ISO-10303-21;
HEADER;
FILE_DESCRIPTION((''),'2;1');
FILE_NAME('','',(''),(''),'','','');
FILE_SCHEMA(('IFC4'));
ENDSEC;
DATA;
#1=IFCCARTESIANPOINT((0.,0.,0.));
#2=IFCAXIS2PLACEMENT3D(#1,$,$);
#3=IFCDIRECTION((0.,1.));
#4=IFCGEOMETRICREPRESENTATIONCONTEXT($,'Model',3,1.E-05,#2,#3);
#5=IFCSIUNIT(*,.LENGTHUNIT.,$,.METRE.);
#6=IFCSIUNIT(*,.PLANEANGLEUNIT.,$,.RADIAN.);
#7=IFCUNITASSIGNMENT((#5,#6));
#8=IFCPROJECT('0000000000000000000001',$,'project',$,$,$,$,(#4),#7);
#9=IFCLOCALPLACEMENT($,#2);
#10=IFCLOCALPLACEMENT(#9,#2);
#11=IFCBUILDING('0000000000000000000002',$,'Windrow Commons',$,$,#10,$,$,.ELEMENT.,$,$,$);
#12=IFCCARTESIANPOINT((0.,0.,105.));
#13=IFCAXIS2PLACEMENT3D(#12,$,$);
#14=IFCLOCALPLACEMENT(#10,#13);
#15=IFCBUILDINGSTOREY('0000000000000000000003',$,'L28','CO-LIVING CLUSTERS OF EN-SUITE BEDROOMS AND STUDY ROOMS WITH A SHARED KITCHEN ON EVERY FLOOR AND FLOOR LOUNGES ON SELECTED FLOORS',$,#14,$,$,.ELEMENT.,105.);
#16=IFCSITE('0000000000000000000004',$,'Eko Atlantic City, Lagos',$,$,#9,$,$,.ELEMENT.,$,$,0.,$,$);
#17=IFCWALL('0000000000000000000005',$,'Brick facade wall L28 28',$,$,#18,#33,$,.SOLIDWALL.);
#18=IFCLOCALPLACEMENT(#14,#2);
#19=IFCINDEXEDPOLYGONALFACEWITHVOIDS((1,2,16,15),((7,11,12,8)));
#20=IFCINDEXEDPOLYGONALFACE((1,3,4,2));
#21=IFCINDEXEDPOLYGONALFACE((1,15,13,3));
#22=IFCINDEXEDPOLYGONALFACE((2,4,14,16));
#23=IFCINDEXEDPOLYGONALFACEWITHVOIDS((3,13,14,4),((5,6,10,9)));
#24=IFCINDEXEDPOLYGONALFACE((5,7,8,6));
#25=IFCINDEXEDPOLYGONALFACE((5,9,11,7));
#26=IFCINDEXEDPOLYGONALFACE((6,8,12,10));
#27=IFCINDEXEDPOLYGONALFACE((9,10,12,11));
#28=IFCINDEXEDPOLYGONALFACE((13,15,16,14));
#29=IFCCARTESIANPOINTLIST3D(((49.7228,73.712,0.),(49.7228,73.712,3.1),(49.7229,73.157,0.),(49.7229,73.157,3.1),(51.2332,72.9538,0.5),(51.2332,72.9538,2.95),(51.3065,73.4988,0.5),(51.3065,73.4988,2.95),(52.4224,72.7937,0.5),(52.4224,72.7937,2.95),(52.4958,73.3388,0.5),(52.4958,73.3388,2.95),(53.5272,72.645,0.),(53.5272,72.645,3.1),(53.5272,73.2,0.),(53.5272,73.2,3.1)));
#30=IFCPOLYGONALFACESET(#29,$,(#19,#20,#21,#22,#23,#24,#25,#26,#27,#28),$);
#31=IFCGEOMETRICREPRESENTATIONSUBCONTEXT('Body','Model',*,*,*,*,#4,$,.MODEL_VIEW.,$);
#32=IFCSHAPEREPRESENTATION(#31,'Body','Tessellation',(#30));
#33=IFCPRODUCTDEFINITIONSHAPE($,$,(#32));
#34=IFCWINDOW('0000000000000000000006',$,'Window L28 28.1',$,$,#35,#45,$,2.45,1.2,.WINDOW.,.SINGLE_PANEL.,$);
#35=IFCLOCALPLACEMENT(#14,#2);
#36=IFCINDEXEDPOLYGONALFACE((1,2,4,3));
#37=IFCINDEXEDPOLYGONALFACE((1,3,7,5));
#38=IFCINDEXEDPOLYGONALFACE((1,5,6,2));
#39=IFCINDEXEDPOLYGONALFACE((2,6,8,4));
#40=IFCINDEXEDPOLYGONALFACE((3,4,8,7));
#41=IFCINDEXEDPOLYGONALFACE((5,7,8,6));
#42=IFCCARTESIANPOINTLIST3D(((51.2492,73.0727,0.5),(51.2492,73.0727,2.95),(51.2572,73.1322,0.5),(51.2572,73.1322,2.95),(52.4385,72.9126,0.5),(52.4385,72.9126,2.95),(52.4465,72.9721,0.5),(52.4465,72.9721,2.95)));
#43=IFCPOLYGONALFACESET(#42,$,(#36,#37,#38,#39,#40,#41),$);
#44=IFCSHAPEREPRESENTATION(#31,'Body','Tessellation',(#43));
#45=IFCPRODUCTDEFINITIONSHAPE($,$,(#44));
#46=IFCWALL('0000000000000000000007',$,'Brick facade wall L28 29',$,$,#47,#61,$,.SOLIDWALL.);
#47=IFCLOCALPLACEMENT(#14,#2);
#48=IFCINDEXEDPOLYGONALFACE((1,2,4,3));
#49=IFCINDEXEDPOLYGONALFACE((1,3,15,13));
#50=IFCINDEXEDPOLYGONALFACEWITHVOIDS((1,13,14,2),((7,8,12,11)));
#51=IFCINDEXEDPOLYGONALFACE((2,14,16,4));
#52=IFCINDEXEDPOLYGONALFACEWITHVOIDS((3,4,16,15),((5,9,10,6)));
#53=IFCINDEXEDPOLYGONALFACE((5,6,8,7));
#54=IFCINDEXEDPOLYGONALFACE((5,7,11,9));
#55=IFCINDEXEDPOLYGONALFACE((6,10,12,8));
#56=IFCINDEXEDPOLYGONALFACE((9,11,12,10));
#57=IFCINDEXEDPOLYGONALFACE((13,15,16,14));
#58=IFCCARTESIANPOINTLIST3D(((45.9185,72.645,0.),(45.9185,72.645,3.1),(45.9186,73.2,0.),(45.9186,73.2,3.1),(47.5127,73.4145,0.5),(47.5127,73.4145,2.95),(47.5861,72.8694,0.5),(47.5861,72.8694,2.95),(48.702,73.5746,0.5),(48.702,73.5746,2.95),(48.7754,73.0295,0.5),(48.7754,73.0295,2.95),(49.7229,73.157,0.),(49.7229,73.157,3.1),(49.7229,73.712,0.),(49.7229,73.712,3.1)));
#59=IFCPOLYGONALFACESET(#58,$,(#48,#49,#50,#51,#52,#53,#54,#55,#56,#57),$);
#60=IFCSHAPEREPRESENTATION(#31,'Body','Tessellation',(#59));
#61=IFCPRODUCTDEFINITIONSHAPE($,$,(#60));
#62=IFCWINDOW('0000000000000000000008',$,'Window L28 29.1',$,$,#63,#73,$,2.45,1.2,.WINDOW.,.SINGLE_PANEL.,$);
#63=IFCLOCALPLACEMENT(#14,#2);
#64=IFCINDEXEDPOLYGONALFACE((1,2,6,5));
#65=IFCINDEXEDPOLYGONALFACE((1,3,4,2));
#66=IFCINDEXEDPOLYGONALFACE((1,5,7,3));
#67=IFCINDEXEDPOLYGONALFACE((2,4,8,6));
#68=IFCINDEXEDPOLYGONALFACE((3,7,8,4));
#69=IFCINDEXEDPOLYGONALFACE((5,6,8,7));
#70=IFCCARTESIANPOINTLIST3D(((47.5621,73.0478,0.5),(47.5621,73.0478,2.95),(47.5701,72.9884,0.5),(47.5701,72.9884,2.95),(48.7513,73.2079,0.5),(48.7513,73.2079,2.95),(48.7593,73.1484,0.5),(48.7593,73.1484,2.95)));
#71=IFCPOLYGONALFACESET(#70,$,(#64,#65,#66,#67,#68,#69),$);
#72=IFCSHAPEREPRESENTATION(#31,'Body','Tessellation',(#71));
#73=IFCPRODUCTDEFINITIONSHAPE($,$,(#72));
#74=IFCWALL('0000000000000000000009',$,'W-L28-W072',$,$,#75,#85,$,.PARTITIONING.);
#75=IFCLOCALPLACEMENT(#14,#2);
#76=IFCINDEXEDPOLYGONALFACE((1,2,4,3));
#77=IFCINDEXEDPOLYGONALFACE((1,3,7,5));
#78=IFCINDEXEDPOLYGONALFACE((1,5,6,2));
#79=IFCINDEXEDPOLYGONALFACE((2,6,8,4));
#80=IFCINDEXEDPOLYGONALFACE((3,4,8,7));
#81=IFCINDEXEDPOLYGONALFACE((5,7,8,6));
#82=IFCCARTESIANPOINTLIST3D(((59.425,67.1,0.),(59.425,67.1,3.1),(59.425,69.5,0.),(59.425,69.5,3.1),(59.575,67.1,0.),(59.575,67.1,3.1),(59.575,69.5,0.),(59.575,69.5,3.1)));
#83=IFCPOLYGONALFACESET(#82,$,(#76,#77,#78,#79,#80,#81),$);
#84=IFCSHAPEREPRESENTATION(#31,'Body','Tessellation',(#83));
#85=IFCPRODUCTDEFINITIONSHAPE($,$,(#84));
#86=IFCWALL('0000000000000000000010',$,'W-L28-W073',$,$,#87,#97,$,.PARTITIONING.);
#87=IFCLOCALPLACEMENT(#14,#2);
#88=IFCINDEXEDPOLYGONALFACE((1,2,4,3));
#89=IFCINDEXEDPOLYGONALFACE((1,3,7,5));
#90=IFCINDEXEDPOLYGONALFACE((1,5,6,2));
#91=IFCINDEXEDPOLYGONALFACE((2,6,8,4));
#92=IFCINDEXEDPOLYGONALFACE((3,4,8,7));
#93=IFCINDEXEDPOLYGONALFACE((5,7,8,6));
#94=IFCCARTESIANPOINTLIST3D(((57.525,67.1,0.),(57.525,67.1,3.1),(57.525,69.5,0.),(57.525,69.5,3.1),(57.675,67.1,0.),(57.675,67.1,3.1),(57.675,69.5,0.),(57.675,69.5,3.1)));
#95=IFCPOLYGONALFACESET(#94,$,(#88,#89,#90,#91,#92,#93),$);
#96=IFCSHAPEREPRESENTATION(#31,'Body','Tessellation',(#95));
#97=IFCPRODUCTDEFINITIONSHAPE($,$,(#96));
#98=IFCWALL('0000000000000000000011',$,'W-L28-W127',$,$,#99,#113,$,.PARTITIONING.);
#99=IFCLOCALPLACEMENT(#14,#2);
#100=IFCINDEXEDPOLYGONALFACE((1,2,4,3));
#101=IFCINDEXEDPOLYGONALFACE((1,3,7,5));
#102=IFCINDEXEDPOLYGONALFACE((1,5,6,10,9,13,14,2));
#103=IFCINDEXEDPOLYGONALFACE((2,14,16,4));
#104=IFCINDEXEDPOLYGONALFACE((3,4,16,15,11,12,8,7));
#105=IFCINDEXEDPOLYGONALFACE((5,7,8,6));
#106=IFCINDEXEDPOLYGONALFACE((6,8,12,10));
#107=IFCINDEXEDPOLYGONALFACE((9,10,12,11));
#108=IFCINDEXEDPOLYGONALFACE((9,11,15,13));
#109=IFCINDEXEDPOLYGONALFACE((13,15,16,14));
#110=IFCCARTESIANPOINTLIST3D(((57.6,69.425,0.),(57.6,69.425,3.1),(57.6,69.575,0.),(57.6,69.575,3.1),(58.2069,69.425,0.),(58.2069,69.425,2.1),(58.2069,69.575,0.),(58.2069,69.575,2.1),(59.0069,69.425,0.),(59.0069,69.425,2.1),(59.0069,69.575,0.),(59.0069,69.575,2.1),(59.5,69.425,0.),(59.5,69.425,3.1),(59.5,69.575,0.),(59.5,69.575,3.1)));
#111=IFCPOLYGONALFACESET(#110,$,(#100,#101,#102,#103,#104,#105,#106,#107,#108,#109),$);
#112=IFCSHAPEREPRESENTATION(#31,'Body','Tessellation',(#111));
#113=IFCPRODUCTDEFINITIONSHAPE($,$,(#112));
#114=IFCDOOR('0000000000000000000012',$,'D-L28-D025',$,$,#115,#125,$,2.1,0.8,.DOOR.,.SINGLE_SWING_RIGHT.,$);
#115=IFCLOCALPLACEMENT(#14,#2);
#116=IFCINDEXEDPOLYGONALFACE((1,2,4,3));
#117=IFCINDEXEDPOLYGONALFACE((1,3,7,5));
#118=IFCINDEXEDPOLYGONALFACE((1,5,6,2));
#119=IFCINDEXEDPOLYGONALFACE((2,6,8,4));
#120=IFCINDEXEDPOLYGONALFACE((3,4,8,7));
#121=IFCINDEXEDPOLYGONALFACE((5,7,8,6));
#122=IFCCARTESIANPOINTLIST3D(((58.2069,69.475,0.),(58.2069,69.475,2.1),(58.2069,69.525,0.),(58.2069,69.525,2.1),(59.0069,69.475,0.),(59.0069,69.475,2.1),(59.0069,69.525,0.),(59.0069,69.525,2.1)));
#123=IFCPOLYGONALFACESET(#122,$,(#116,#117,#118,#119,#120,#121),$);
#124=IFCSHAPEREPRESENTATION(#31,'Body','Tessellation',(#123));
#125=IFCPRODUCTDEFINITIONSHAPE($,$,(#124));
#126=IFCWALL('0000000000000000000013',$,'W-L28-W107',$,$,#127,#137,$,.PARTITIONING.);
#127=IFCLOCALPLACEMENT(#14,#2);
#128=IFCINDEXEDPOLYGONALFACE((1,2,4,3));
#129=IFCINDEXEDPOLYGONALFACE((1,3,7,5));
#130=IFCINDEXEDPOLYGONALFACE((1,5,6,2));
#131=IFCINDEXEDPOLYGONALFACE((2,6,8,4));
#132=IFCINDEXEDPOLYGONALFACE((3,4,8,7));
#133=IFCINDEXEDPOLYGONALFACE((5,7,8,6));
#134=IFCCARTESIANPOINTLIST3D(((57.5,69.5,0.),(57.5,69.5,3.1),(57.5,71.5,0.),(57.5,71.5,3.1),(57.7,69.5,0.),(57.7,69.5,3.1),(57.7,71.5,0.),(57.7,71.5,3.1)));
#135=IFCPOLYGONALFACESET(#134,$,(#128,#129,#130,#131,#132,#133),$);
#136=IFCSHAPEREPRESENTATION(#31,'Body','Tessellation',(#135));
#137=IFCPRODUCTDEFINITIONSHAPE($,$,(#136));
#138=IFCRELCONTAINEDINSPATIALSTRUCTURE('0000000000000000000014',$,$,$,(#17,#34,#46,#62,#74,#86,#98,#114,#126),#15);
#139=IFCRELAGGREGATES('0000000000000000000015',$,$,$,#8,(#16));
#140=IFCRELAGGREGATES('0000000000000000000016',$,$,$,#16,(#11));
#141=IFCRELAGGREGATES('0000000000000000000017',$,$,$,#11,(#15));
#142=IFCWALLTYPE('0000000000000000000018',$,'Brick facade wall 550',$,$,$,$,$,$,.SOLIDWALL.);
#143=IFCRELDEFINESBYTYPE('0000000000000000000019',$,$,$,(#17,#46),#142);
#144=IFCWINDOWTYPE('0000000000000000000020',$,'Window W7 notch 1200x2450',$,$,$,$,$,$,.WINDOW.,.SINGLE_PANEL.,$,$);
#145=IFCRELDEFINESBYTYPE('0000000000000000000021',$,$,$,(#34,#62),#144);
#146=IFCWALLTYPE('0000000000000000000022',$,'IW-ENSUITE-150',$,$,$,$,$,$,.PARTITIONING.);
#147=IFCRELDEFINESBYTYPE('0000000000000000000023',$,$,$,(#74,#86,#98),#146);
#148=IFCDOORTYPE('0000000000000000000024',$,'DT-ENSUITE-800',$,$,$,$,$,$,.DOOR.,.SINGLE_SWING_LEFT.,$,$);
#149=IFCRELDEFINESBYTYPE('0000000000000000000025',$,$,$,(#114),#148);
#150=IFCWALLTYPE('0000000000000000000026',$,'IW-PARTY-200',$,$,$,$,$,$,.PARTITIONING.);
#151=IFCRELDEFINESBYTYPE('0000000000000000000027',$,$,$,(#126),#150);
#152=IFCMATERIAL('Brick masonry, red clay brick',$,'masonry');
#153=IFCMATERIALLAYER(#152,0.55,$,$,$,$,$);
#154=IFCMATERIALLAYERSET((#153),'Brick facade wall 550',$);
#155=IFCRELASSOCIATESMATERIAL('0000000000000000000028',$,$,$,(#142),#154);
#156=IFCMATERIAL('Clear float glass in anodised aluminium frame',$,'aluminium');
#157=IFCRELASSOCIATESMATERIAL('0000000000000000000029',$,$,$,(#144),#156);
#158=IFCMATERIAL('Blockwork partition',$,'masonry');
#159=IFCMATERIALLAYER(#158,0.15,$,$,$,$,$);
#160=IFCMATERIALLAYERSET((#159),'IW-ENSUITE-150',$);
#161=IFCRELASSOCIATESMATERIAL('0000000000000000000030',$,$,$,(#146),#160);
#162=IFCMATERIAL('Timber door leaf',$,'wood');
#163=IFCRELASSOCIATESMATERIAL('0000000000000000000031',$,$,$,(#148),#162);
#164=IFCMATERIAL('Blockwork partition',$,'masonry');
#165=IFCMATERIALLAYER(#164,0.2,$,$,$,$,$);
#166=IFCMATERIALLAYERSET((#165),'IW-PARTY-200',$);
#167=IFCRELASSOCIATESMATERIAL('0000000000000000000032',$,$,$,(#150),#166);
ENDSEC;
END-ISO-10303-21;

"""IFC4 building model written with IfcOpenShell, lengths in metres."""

from ifc_helpers import new_model, si_unit, direction, frame, frame_2d, origin, place, context, subcontext, project, spatial, polyline, rectangle, outline, extrude, material, layer, layer_set, type_object, element, fill, save


model = new_model("IFC4")

# Units and contexts
model_context = context("Model", 3, precision=1e-05, world=origin(), true_north=direction((0.0, 1.0)))
body_context = subcontext(model_context, "Body", "Model", "MODEL_VIEW")
ifc_project = project(units=[si_unit("LENGTHUNIT", "METRE"), si_unit("PLANEANGLEUNIT", "RADIAN")], contexts=[model_context])

# Site, building, storey
site_placement = place(None, origin())
site = spatial("IfcSite", under=ifc_project, at=site_placement, Name="Eko Atlantic City, Lagos", CompositionType="ELEMENT", RefElevation=0.0)
building_placement = place(site_placement, origin())
building = spatial("IfcBuilding", under=site, at=building_placement, Name="Windrow Commons", CompositionType="ELEMENT")
storey_placement = place(building_placement, frame((0.0, 0.0, 105.0)))
storey = spatial("IfcBuildingStorey", under=building, at=storey_placement, Name="L28", Description="CO-LIVING CLUSTERS OF EN-SUITE BEDROOMS AND STUDY ROOMS WITH A SHARED KITCHEN ON EVERY FLOOR AND FLOOR LOUNGES ON SELECTED FLOORS", CompositionType="ELEMENT", Elevation=105.0)

# Shared definitions
ifc_material_1 = material(Name="Brick masonry, red clay brick", Category="masonry")
ifc_layer_1 = layer(ifc_material_1, 0.55)
ifc_layer_set_1 = layer_set([ifc_layer_1], Name="Brick facade wall 550")
wall_type_1 = type_object("IfcWallType", Name="Brick facade wall 550", PredefinedType="SOLIDWALL", material=ifc_layer_set_1)

# Walls, openings, windows
wall_1_placement = place(storey_placement, frame((53.5272, 72.9225, 0.0), z_axis=(0.0, 0.0, 1.0), x_axis=(-0.991065, 0.133382, 0.0)))
wall_1 = element("IfcWall", 1, at=wall_1_placement, inside=storey, type_object=wall_type_1, Name="Brick facade wall L28 28", PredefinedType="SOLIDWALL", context=body_context, shape_type="SweptSolid", body=[
    extrude(outline(polyline([(0.037, -0.275), (3.8757, -0.275), (3.8016, 0.275), (-0.037, 0.275), (0.037, -0.275)])), origin(), (0.0, 0.0, 1.0), 3.1),
])
opening_1_placement = place(wall_1_placement, frame((1.0777, 0.0, 0.5)))
opening_1 = element("IfcOpeningElement", 2, at=opening_1_placement, cuts=wall_1, PredefinedType="OPENING", context=body_context, shape_type="SweptSolid", body=[
    extrude(rectangle(XDim=1.2, YDim=2.45, at=frame_2d((0.6, 1.225))), frame((0.0, 0.285, 0.0), z_axis=(0.0, -1.0, 0.0), x_axis=(1.0, 0.0, 0.0)), (0.0, 0.0, 1.0), 0.57),
])
ifc_material_2 = material(Name="Clear float glass in anodised aluminium frame", Category="aluminium")
window_type_1 = type_object("IfcWindowType", Name="Window W7 notch 1200x2450", PartitioningType="SINGLE_PANEL", PredefinedType="WINDOW", material=ifc_material_2)
window_1_placement = place(opening_1_placement, origin())
window_1 = element("IfcWindow", 3, at=window_1_placement, inside=storey, type_object=window_type_1, Name="Window L28 28.1", OverallHeight=2.45, OverallWidth=1.2, PartitioningType="SINGLE_PANEL", PredefinedType="WINDOW", context=body_context, shape_type="SweptSolid", body=[
    extrude(rectangle(XDim=1.2, YDim=2.45, at=frame_2d((0.6, 1.225))), frame((0.0, 0.155, 0.0), z_axis=(0.0, -1.0, 0.0), x_axis=(1.0, 0.0, 0.0)), (0.0, 0.0, 1.0), 0.06),
])
fill(opening_1, window_1)
wall_2_placement = place(storey_placement, frame((49.7229, 73.4345, 0.0), z_axis=(0.0, 0.0, 1.0), x_axis=(-0.991065, -0.133379, 0.0)))
wall_2 = element("IfcWall", 4, at=wall_2_placement, inside=storey, type_object=wall_type_1, Name="Brick facade wall L28 29", PredefinedType="SOLIDWALL", context=body_context, shape_type="SweptSolid", body=[
    extrude(outline(polyline([(-0.037, -0.275), (3.8016, -0.275), (3.8757, 0.275), (0.037, 0.275), (-0.037, -0.275)])), origin(), (0.0, 0.0, 1.0), 3.1),
])
opening_2_placement = place(wall_2_placement, frame((0.9931, 0.0, 0.5)))
opening_2 = element("IfcOpeningElement", 5, at=opening_2_placement, cuts=wall_2, PredefinedType="OPENING", context=body_context, shape_type="SweptSolid", body=[
    extrude(rectangle(XDim=1.2, YDim=2.45, at=frame_2d((0.6, 1.225))), frame((0.0, 0.285, 0.0), z_axis=(0.0, -1.0, 0.0), x_axis=(1.0, 0.0, 0.0)), (0.0, 0.0, 1.0), 0.57),
])
window_2_placement = place(opening_2_placement, origin())
window_2 = element("IfcWindow", 6, at=window_2_placement, inside=storey, type_object=window_type_1, Name="Window L28 29.1", OverallHeight=2.45, OverallWidth=1.2, PartitioningType="SINGLE_PANEL", PredefinedType="WINDOW", context=body_context, shape_type="SweptSolid", body=[
    extrude(rectangle(XDim=1.2, YDim=2.45, at=frame_2d((0.6, 1.225))), frame((0.0, 0.155, 0.0), z_axis=(0.0, -1.0, 0.0), x_axis=(1.0, 0.0, 0.0)), (0.0, 0.0, 1.0), 0.06),
])
fill(opening_2, window_2)

# Walls
ifc_material_3 = material(Name="Blockwork partition", Category="masonry")
ifc_layer_2 = layer(ifc_material_3, 0.15)
ifc_layer_set_2 = layer_set([ifc_layer_2], Name="IW-ENSUITE-150")
wall_type_2 = type_object("IfcWallType", Name="IW-ENSUITE-150", PredefinedType="PARTITIONING", material=ifc_layer_set_2)
for number, where, z_axis, x_axis, name in (
    (7, (59.5, 67.1, 0.0), (0.0, 0.0, 1.0), (0.0, 1.0, 0.0), "W-L28-W072"),
    (8, (57.6, 67.1, 0.0), (0.0, 0.0, 1.0), (0.0, 1.0, 0.0), "W-L28-W073"),
):
    element("IfcWall", number, at=place(storey_placement, frame(where, z_axis=z_axis, x_axis=x_axis)), inside=storey, type_object=wall_type_2, Name=name, PredefinedType="PARTITIONING", context=body_context, shape_type="SweptSolid", body=[
        extrude(rectangle(XDim=2.4, YDim=0.15, at=frame_2d((1.2, 0.0))), origin(), (0.0, 0.0, 1.0), 3.1),
    ])

# Wall, opening, door
wall_3_placement = place(storey_placement, frame((57.6, 69.5, 0.0), z_axis=(0.0, 0.0, 1.0), x_axis=(1.0, 0.0, 0.0)))
wall_3 = element("IfcWall", 9, at=wall_3_placement, inside=storey, type_object=wall_type_2, Name="W-L28-W127", PredefinedType="PARTITIONING", context=body_context, shape_type="SweptSolid", body=[
    extrude(rectangle(XDim=1.9, YDim=0.15, at=frame_2d((0.95, 0.0))), origin(), (0.0, 0.0, 1.0), 3.1),
])
opening_3_placement = place(wall_3_placement, frame((0.6069, 0.0, 0.0)))
opening_3 = element("IfcOpeningElement", 10, at=opening_3_placement, cuts=wall_3, PredefinedType="OPENING", context=body_context, shape_type="SweptSolid", body=[
    extrude(rectangle(XDim=0.8, YDim=2.1, at=frame_2d((0.4, 1.05))), frame((0.0, 0.085, 0.0), z_axis=(0.0, -1.0, 0.0), x_axis=(1.0, 0.0, 0.0)), (0.0, 0.0, 1.0), 0.17),
])
ifc_material_4 = material(Name="Timber door leaf", Category="wood")
door_type = type_object("IfcDoorType", Name="DT-ENSUITE-800", OperationType="SINGLE_SWING_LEFT", PredefinedType="DOOR", material=ifc_material_4)
door_placement = place(opening_3_placement, origin())
door = element("IfcDoor", 11, at=door_placement, inside=storey, type_object=door_type, Name="D-L28-D025", OperationType="SINGLE_SWING_RIGHT", OverallHeight=2.1, OverallWidth=0.8, PredefinedType="DOOR", context=body_context, shape_type="SweptSolid", body=[
    extrude(rectangle(XDim=0.8, YDim=2.1, at=frame_2d((0.4, 1.05))), frame((0.0, 0.025, 0.0), z_axis=(0.0, -1.0, 0.0), x_axis=(1.0, 0.0, 0.0)), (0.0, 0.0, 1.0), 0.05),
])
fill(opening_3, door)

# Wall
ifc_material_5 = material(Name="Blockwork partition", Category="masonry")
ifc_layer_3 = layer(ifc_material_5, 0.2)
ifc_layer_set_3 = layer_set([ifc_layer_3], Name="IW-PARTY-200")
wall_type_3 = type_object("IfcWallType", Name="IW-PARTY-200", PredefinedType="PARTITIONING", material=ifc_layer_set_3)
wall_4_placement = place(storey_placement, frame((57.6, 69.5, 0.0), z_axis=(0.0, 0.0, 1.0), x_axis=(0.0, 1.0, 0.0)))
element("IfcWall", 12, at=wall_4_placement, inside=storey, type_object=wall_type_3, Name="W-L28-W107", PredefinedType="PARTITIONING", context=body_context, shape_type="SweptSolid", body=[
    extrude(rectangle(XDim=2.0, YDim=0.2, at=frame_2d((1.0, 0.0))), origin(), (0.0, 0.0, 1.0), 3.1),
])

save(model, "model.ifc")
